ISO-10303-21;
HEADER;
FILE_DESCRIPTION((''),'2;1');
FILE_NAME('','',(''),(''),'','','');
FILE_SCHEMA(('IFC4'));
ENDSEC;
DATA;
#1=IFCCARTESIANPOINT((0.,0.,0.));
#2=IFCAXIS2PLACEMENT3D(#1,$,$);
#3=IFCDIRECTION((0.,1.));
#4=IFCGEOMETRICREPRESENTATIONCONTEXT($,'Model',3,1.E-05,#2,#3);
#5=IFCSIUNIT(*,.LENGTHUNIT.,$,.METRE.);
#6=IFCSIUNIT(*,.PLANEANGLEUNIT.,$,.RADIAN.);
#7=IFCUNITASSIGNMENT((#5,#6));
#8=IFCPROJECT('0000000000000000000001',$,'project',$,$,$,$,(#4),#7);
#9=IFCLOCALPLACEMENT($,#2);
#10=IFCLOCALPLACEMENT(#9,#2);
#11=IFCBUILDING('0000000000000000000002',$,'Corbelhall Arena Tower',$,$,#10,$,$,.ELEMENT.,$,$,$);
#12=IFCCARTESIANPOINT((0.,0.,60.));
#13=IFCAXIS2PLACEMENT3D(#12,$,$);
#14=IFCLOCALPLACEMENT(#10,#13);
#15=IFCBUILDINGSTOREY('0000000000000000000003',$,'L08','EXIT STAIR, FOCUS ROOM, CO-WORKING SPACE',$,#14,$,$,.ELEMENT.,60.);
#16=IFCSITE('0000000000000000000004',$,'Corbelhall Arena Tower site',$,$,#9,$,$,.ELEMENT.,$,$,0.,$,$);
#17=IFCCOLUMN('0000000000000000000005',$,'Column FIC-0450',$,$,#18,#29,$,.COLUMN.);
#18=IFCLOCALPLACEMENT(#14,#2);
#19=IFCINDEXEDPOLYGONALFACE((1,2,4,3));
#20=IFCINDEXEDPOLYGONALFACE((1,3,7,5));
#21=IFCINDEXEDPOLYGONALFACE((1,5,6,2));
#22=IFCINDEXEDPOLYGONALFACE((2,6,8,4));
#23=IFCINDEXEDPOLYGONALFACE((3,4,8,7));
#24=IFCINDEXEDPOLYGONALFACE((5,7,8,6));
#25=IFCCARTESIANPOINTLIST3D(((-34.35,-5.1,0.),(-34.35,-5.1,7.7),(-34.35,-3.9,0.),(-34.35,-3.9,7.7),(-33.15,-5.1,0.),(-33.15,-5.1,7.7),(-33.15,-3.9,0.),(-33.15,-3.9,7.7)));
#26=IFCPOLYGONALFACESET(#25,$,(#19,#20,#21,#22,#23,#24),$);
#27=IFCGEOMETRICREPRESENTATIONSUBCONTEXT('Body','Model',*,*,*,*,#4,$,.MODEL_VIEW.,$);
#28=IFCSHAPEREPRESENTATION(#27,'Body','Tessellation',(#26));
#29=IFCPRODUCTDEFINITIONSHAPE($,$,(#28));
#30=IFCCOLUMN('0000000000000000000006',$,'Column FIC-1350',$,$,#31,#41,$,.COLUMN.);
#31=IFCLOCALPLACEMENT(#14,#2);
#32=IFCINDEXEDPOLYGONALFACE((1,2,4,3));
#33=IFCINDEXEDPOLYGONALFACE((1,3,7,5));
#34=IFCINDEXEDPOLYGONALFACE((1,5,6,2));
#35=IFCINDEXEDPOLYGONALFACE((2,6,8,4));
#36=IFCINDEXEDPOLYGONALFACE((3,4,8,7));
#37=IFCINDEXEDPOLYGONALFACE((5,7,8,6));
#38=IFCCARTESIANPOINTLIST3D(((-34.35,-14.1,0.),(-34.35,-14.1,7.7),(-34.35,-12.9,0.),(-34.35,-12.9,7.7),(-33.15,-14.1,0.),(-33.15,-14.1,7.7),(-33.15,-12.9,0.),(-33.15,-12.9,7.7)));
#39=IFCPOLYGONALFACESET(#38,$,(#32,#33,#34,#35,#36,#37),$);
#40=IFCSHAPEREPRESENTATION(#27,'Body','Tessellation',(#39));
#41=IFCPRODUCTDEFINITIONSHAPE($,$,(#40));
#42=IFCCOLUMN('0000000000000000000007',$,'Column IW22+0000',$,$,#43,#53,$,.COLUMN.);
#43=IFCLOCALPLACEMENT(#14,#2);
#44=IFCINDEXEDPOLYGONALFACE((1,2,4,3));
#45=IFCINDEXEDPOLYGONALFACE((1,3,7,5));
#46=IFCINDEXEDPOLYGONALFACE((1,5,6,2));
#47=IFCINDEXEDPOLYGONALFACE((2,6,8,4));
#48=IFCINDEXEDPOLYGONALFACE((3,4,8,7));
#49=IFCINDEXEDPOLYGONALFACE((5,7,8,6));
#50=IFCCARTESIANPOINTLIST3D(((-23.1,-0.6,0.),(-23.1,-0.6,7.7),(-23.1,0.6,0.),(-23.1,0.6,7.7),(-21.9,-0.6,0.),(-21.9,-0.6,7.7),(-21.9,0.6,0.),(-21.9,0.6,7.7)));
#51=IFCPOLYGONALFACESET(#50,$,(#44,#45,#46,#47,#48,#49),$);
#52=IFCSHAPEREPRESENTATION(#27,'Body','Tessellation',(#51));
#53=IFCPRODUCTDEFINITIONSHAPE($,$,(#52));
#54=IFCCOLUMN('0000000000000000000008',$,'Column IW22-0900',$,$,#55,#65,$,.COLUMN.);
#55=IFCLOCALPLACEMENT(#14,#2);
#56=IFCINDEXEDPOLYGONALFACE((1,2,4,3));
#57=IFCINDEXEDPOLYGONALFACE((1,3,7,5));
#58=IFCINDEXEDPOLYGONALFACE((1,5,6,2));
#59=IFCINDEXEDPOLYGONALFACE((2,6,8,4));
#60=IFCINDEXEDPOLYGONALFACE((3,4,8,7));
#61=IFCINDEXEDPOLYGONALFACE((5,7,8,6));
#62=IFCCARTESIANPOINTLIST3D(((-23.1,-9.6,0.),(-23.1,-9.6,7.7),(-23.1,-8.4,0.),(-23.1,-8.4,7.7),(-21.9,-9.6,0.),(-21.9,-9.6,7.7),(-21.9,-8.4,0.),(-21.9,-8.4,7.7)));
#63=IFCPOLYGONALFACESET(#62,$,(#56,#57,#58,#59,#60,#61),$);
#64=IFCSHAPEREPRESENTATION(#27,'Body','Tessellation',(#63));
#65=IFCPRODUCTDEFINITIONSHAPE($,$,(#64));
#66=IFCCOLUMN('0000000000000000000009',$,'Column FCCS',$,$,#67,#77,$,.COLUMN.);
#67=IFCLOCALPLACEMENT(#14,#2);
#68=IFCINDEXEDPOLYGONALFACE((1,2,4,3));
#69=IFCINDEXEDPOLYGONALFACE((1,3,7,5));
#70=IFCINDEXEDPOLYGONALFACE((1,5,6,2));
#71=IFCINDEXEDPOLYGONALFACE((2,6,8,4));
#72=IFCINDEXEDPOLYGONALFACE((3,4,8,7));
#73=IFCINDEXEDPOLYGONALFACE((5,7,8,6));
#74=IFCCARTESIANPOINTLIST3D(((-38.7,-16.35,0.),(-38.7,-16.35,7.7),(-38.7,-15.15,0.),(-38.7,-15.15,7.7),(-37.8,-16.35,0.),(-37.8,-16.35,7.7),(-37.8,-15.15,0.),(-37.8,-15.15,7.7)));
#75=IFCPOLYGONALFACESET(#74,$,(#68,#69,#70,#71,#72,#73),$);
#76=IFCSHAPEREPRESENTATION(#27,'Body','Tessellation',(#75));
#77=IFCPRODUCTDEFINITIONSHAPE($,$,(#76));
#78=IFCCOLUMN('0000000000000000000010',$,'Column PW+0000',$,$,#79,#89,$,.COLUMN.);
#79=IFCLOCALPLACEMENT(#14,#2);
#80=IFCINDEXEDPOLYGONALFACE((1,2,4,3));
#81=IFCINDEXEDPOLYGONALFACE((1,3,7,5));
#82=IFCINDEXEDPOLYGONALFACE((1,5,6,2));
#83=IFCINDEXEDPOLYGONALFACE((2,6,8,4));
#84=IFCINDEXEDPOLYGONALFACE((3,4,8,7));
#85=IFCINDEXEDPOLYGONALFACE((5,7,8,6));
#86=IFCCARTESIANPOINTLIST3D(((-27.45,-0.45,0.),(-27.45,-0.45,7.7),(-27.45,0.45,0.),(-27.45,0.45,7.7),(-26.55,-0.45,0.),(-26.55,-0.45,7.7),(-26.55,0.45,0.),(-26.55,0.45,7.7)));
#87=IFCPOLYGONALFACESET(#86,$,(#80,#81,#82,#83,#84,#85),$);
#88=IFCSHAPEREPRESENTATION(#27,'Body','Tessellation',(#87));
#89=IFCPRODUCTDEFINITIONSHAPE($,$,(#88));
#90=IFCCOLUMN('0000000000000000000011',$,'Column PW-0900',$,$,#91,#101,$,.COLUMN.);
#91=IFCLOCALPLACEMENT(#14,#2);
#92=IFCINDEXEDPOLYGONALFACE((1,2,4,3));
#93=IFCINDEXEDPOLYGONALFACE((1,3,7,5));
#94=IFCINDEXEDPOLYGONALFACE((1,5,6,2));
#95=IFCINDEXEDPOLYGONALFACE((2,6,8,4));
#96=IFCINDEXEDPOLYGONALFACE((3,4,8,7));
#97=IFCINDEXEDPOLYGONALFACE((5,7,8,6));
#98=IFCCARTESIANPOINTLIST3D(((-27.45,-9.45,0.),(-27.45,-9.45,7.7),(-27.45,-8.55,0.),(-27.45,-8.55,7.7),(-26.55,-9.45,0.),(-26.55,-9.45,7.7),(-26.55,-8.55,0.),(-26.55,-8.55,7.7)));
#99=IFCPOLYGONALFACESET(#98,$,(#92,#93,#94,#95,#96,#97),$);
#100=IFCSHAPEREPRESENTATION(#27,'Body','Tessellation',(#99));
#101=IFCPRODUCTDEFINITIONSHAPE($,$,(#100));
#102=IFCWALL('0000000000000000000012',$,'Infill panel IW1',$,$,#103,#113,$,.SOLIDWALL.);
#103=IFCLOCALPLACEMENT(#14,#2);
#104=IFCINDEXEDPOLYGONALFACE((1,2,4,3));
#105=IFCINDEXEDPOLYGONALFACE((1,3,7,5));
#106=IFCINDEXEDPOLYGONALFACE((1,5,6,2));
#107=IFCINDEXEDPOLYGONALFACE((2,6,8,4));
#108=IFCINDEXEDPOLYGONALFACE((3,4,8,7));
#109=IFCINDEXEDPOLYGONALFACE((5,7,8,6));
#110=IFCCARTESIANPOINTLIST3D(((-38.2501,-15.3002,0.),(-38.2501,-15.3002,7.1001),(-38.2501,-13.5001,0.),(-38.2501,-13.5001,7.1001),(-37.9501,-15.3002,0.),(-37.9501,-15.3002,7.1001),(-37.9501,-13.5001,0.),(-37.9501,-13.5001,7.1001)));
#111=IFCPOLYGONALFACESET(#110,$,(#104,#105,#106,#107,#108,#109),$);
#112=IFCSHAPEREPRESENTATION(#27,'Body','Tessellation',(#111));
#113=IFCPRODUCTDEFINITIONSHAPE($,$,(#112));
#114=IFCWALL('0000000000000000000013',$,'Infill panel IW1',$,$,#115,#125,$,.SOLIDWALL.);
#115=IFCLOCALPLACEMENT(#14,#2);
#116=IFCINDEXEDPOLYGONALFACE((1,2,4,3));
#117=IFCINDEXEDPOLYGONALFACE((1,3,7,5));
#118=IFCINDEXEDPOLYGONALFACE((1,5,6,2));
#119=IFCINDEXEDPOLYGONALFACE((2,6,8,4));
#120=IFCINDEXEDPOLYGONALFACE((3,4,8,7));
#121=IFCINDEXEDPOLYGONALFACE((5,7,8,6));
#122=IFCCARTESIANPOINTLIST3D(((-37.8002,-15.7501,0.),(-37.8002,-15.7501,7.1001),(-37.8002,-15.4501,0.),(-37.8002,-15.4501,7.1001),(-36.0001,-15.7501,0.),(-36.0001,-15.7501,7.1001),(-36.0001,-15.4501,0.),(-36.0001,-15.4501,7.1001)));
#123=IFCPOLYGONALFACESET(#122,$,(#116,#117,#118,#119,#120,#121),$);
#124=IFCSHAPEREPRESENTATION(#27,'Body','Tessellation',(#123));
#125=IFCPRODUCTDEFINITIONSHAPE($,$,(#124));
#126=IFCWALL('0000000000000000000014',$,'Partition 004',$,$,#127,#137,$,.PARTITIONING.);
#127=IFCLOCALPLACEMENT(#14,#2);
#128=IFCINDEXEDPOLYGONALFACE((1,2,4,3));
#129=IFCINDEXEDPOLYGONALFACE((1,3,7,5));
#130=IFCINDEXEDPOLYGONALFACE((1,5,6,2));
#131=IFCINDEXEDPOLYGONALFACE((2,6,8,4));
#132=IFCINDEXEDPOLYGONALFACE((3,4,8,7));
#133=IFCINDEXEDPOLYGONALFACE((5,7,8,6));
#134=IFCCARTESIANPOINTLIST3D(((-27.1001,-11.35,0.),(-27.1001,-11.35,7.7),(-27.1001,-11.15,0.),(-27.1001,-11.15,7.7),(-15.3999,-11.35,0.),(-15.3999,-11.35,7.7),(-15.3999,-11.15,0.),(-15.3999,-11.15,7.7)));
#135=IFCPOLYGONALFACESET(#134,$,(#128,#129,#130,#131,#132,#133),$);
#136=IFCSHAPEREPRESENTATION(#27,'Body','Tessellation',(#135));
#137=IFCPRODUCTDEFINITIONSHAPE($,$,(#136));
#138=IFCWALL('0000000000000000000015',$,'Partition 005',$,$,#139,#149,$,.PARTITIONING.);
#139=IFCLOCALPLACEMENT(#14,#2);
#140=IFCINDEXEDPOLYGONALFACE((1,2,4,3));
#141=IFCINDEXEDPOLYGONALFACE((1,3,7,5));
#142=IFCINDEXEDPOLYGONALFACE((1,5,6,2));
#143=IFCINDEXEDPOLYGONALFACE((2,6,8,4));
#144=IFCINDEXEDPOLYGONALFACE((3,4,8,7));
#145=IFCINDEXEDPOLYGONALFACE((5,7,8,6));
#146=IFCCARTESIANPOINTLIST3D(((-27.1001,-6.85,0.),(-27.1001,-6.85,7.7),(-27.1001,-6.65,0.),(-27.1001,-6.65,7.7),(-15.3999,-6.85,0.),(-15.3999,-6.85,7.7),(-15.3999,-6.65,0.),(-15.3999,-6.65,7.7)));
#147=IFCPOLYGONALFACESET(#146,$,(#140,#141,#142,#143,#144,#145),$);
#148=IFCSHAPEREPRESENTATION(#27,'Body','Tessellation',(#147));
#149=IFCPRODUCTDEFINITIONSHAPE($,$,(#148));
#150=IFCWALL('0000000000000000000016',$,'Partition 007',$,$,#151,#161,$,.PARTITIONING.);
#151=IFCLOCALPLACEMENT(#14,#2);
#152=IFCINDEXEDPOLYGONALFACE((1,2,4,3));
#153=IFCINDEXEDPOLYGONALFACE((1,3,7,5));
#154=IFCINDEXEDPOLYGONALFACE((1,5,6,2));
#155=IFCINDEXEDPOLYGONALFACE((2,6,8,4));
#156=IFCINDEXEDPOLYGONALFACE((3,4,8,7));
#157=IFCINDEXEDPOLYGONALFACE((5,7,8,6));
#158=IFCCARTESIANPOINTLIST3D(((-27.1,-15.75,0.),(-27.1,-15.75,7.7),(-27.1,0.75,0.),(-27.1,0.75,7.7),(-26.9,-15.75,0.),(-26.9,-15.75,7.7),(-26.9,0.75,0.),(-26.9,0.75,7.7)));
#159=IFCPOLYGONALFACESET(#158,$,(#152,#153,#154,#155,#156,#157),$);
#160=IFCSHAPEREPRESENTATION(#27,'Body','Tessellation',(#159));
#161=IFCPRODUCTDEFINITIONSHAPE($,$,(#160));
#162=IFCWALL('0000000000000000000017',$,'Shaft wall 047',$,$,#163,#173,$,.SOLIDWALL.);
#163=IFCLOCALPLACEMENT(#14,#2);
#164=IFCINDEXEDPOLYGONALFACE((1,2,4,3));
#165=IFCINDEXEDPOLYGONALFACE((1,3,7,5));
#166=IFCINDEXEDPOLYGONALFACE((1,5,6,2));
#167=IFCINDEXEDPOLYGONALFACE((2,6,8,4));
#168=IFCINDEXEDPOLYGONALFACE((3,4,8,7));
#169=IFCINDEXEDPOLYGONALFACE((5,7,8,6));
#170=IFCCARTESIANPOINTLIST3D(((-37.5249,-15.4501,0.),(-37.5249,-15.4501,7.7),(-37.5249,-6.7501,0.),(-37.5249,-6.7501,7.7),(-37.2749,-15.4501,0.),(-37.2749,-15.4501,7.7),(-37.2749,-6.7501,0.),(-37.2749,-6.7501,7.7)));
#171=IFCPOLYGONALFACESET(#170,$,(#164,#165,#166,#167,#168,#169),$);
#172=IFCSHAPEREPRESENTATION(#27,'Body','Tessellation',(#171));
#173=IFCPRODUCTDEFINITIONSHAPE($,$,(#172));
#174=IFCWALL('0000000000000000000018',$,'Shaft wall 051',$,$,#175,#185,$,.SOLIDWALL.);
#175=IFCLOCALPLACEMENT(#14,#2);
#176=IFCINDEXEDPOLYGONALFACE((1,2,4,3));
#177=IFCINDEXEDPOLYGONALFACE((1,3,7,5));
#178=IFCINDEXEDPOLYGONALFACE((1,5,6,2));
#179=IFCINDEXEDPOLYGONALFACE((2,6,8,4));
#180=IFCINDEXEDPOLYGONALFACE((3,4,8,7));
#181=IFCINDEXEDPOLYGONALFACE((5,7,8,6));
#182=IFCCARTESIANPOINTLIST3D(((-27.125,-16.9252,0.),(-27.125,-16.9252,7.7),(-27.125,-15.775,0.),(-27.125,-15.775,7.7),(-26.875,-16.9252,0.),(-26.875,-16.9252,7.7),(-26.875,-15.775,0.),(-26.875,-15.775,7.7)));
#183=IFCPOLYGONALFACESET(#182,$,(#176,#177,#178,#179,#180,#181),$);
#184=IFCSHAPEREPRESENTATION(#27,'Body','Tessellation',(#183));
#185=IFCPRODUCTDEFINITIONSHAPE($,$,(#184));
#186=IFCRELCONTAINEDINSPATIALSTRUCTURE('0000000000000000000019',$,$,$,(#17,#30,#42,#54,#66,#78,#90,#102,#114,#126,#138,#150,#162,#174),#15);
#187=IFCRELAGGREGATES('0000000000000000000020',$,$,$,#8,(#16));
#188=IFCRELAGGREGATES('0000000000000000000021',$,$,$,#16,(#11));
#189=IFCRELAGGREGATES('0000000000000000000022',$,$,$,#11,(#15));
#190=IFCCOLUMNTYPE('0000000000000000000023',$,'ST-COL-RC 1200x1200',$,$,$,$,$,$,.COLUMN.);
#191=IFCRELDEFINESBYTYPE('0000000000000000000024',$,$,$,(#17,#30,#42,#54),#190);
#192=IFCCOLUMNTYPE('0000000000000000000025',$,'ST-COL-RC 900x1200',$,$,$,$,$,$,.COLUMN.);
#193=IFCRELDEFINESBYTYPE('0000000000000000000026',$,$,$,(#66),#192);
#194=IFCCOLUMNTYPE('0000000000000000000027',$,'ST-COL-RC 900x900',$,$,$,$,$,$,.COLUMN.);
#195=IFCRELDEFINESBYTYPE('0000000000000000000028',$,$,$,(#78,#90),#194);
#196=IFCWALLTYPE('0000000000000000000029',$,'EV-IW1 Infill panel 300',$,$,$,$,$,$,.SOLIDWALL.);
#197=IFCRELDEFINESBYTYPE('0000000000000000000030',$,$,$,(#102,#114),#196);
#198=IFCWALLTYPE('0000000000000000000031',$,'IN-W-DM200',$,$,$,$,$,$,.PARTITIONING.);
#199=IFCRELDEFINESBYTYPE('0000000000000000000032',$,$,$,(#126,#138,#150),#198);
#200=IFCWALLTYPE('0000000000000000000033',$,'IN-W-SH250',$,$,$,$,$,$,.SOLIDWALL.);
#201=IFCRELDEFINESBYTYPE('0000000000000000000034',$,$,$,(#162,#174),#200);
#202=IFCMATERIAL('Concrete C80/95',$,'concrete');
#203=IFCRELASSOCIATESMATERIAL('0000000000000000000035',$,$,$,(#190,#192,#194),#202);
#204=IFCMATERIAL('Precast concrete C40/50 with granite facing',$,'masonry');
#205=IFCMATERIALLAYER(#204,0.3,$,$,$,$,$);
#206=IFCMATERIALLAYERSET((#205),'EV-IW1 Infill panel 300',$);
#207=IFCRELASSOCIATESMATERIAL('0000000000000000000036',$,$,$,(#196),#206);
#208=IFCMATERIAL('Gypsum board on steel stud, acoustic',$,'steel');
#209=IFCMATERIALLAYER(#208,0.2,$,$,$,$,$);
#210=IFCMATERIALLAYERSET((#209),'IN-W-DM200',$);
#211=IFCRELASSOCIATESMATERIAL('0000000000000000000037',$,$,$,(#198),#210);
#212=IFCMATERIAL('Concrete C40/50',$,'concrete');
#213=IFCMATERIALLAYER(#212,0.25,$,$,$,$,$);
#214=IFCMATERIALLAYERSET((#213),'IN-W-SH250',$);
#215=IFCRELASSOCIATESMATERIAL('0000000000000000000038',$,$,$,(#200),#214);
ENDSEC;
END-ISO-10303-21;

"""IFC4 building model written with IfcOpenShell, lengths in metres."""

from ifc_helpers import new_model, si_unit, direction, frame, frame_2d, origin, origin_2d, place, context, subcontext, project, spatial, rectangle, extrude, material, layer, layer_set, material_profile, profile_set, type_object, element, save


model = new_model("IFC4")

# Units and contexts
model_context = context("Model", 3, precision=1e-05, world=origin(), true_north=direction((0.0, 1.0)))
body_context = subcontext(model_context, "Body", "Model", "MODEL_VIEW")
ifc_project = project(units=[si_unit("LENGTHUNIT", "METRE"), si_unit("PLANEANGLEUNIT", "RADIAN")], contexts=[model_context])

# Site, building, storey
site_placement = place(None, origin())
site = spatial("IfcSite", under=ifc_project, at=site_placement, Name="Corbelhall Arena Tower site", CompositionType="ELEMENT", RefElevation=0.0)
building_placement = place(site_placement, origin())
building = spatial("IfcBuilding", under=site, at=building_placement, Name="Corbelhall Arena Tower", CompositionType="ELEMENT")
storey_placement = place(building_placement, frame((0.0, 0.0, 60.0)))
storey = spatial("IfcBuildingStorey", under=building, at=storey_placement, Name="L08", Description="EXIT STAIR, FOCUS ROOM, CO-WORKING SPACE", CompositionType="ELEMENT", Elevation=60.0)

# Columns
ifc_material_1 = material(Name="Concrete C80/95", Category="concrete")
ifc_material_profile_1 = material_profile(ifc_material_1, rectangle(XDim=1.2, YDim=1.2, at=origin_2d()))
ifc_profile_set_1 = profile_set([ifc_material_profile_1], Name="Concrete C80/95")
column_type_1 = type_object("IfcColumnType", Name="ST-COL-RC 1200x1200", PredefinedType="COLUMN", material=ifc_profile_set_1)
for number, where, z_axis, x_axis, name in (
    (1, (-33.75, -4.5, 0.0), (0.0, 0.0, 1.0), (1.0, 0.0, 0.0), "Column FIC-0450"),
    (2, (-33.75, -13.5, 0.0), (0.0, 0.0, 1.0), (1.0, 0.0, 0.0), "Column FIC-1350"),
    (3, (-22.5, 0.0, 0.0), (0.0, 0.0, 1.0), (1.0, 0.0, 0.0), "Column IW22+0000"),
    (4, (-22.5, -9.0, 0.0), (0.0, 0.0, 1.0), (1.0, 0.0, 0.0), "Column IW22-0900"),
):
    element("IfcColumn", number, at=place(storey_placement, frame(where, z_axis=z_axis, x_axis=x_axis)), inside=storey, type_object=column_type_1, Name=name, PredefinedType="COLUMN", context=body_context, shape_type="SweptSolid", body=[
        extrude(rectangle(XDim=1.2, YDim=1.2, at=origin_2d()), origin(), (0.0, 0.0, 1.0), 7.7),
    ])
ifc_material_profile_2 = material_profile(ifc_material_1, rectangle(XDim=0.8999, YDim=1.2, at=origin_2d()))
ifc_profile_set_2 = profile_set([ifc_material_profile_2], Name="Concrete C80/95")
column_type_2 = type_object("IfcColumnType", Name="ST-COL-RC 900x1200", PredefinedType="COLUMN", material=ifc_profile_set_2)
column_placement = place(storey_placement, frame((-38.25, -15.75, 0.0), z_axis=(0.0, 0.0, 1.0), x_axis=(1.0, 0.0, 0.0)))
element("IfcColumn", 5, at=column_placement, inside=storey, type_object=column_type_2, Name="Column FCCS", PredefinedType="COLUMN", context=body_context, shape_type="SweptSolid", body=[
    extrude(rectangle(XDim=0.8999, YDim=1.2, at=origin_2d()), origin(), (0.0, 0.0, 1.0), 7.7),
])
ifc_material_profile_3 = material_profile(ifc_material_1, rectangle(XDim=0.8999, YDim=0.8999, at=origin_2d()))
ifc_profile_set_3 = profile_set([ifc_material_profile_3], Name="Concrete C80/95")
column_type_3 = type_object("IfcColumnType", Name="ST-COL-RC 900x900", PredefinedType="COLUMN", material=ifc_profile_set_3)
for number, where, z_axis, x_axis, name in (
    (6, (-27.0, 0.0, 0.0), (0.0, 0.0, 1.0), (1.0, 0.0, 0.0), "Column PW+0000"),
    (7, (-27.0, -9.0, 0.0), (0.0, 0.0, 1.0), (1.0, 0.0, 0.0), "Column PW-0900"),
):
    element("IfcColumn", number, at=place(storey_placement, frame(where, z_axis=z_axis, x_axis=x_axis)), inside=storey, type_object=column_type_3, Name=name, PredefinedType="COLUMN", context=body_context, shape_type="SweptSolid", body=[
        extrude(rectangle(XDim=0.8999, YDim=0.8999, at=origin_2d()), origin(), (0.0, 0.0, 1.0), 7.7),
    ])

# Walls
ifc_material_2 = material(Name="Precast concrete C40/50 with granite facing", Category="masonry")
ifc_layer_1 = layer(ifc_material_2, 0.3)
ifc_layer_set_1 = layer_set([ifc_layer_1], Name="EV-IW1 Infill panel 300")
wall_type_1 = type_object("IfcWallType", Name="EV-IW1 Infill panel 300", PredefinedType="SOLIDWALL", material=ifc_layer_set_1)
for number, where, z_axis, x_axis, name in (
    (8, (-38.1001, -15.3, 0.0), (0.0, 0.0, 1.0), (0.0, 1.0, 0.0), "Infill panel IW1"),
    (9, (-37.8, -15.6001, 0.0), (0.0, 0.0, 1.0), (1.0, 0.0, 0.0), "Infill panel IW1"),
):
    element("IfcWall", number, at=place(storey_placement, frame(where, z_axis=z_axis, x_axis=x_axis)), inside=storey, type_object=wall_type_1, Name=name, PredefinedType="SOLIDWALL", context=body_context, shape_type="SweptSolid", body=[
        extrude(rectangle(XDim=1.8, YDim=0.3, at=frame_2d((0.8999, 0.0))), origin(), (0.0, 0.0, 1.0), 7.1001),
    ])
ifc_material_3 = material(Name="Gypsum board on steel stud, acoustic", Category="steel")
ifc_layer_2 = layer(ifc_material_3, 0.2)
ifc_layer_set_2 = layer_set([ifc_layer_2], Name="IN-W-DM200")
wall_type_2 = type_object("IfcWallType", Name="IN-W-DM200", PredefinedType="PARTITIONING", material=ifc_layer_set_2)
for number, where, z_axis, x_axis, name in (
    (10, (-27.1001, -11.25, 0.0), (0.0, 0.0, 1.0), (1.0, 0.0, 0.0), "Partition 004"),
    (11, (-27.1001, -6.75, 0.0), (0.0, 0.0, 1.0), (1.0, 0.0, 0.0), "Partition 005"),
):
    element("IfcWall", number, at=place(storey_placement, frame(where, z_axis=z_axis, x_axis=x_axis)), inside=storey, type_object=wall_type_2, Name=name, PredefinedType="PARTITIONING", context=body_context, shape_type="SweptSolid", body=[
        extrude(rectangle(XDim=11.7002, YDim=0.2, at=frame_2d((5.8501, 0.0))), origin(), (0.0, 0.0, 1.0), 7.7),
    ])
wall_1_placement = place(storey_placement, frame((-27.0, -15.75, 0.0), z_axis=(0.0, 0.0, 1.0), x_axis=(0.0, 1.0, 0.0)))
element("IfcWall", 12, at=wall_1_placement, inside=storey, type_object=wall_type_2, Name="Partition 007", PredefinedType="PARTITIONING", context=body_context, shape_type="SweptSolid", body=[
    extrude(rectangle(XDim=16.5, YDim=0.2, at=frame_2d((8.25, 0.0))), origin(), (0.0, 0.0, 1.0), 7.7),
])
ifc_material_4 = material(Name="Concrete C40/50", Category="concrete")
ifc_layer_3 = layer(ifc_material_4, 0.25)
ifc_layer_set_3 = layer_set([ifc_layer_3], Name="IN-W-SH250")
wall_type_3 = type_object("IfcWallType", Name="IN-W-SH250", PredefinedType="SOLIDWALL", material=ifc_layer_set_3)
wall_2_placement = place(storey_placement, frame((-37.3999, -6.75, 0.0), z_axis=(0.0, 0.0, 1.0), x_axis=(0.0, -1.0, 0.0)))
element("IfcWall", 13, at=wall_2_placement, inside=storey, type_object=wall_type_3, Name="Shaft wall 047", PredefinedType="SOLIDWALL", context=body_context, shape_type="SweptSolid", body=[
    extrude(rectangle(XDim=8.7, YDim=0.25, at=frame_2d((4.3501, 0.0))), origin(), (0.0, 0.0, 1.0), 7.7),
])
wall_3_placement = place(storey_placement, frame((-27.0, -15.7749, 0.0), z_axis=(0.0, 0.0, 1.0), x_axis=(0.0, -1.0, 0.0)))
element("IfcWall", 14, at=wall_3_placement, inside=storey, type_object=wall_type_3, Name="Shaft wall 051", PredefinedType="SOLIDWALL", context=body_context, shape_type="SweptSolid", body=[
    extrude(rectangle(XDim=1.1501, YDim=0.25, at=frame_2d((0.5752, 0.0))), origin(), (0.0, 0.0, 1.0), 7.7),
])

save(model, "model.ifc")
